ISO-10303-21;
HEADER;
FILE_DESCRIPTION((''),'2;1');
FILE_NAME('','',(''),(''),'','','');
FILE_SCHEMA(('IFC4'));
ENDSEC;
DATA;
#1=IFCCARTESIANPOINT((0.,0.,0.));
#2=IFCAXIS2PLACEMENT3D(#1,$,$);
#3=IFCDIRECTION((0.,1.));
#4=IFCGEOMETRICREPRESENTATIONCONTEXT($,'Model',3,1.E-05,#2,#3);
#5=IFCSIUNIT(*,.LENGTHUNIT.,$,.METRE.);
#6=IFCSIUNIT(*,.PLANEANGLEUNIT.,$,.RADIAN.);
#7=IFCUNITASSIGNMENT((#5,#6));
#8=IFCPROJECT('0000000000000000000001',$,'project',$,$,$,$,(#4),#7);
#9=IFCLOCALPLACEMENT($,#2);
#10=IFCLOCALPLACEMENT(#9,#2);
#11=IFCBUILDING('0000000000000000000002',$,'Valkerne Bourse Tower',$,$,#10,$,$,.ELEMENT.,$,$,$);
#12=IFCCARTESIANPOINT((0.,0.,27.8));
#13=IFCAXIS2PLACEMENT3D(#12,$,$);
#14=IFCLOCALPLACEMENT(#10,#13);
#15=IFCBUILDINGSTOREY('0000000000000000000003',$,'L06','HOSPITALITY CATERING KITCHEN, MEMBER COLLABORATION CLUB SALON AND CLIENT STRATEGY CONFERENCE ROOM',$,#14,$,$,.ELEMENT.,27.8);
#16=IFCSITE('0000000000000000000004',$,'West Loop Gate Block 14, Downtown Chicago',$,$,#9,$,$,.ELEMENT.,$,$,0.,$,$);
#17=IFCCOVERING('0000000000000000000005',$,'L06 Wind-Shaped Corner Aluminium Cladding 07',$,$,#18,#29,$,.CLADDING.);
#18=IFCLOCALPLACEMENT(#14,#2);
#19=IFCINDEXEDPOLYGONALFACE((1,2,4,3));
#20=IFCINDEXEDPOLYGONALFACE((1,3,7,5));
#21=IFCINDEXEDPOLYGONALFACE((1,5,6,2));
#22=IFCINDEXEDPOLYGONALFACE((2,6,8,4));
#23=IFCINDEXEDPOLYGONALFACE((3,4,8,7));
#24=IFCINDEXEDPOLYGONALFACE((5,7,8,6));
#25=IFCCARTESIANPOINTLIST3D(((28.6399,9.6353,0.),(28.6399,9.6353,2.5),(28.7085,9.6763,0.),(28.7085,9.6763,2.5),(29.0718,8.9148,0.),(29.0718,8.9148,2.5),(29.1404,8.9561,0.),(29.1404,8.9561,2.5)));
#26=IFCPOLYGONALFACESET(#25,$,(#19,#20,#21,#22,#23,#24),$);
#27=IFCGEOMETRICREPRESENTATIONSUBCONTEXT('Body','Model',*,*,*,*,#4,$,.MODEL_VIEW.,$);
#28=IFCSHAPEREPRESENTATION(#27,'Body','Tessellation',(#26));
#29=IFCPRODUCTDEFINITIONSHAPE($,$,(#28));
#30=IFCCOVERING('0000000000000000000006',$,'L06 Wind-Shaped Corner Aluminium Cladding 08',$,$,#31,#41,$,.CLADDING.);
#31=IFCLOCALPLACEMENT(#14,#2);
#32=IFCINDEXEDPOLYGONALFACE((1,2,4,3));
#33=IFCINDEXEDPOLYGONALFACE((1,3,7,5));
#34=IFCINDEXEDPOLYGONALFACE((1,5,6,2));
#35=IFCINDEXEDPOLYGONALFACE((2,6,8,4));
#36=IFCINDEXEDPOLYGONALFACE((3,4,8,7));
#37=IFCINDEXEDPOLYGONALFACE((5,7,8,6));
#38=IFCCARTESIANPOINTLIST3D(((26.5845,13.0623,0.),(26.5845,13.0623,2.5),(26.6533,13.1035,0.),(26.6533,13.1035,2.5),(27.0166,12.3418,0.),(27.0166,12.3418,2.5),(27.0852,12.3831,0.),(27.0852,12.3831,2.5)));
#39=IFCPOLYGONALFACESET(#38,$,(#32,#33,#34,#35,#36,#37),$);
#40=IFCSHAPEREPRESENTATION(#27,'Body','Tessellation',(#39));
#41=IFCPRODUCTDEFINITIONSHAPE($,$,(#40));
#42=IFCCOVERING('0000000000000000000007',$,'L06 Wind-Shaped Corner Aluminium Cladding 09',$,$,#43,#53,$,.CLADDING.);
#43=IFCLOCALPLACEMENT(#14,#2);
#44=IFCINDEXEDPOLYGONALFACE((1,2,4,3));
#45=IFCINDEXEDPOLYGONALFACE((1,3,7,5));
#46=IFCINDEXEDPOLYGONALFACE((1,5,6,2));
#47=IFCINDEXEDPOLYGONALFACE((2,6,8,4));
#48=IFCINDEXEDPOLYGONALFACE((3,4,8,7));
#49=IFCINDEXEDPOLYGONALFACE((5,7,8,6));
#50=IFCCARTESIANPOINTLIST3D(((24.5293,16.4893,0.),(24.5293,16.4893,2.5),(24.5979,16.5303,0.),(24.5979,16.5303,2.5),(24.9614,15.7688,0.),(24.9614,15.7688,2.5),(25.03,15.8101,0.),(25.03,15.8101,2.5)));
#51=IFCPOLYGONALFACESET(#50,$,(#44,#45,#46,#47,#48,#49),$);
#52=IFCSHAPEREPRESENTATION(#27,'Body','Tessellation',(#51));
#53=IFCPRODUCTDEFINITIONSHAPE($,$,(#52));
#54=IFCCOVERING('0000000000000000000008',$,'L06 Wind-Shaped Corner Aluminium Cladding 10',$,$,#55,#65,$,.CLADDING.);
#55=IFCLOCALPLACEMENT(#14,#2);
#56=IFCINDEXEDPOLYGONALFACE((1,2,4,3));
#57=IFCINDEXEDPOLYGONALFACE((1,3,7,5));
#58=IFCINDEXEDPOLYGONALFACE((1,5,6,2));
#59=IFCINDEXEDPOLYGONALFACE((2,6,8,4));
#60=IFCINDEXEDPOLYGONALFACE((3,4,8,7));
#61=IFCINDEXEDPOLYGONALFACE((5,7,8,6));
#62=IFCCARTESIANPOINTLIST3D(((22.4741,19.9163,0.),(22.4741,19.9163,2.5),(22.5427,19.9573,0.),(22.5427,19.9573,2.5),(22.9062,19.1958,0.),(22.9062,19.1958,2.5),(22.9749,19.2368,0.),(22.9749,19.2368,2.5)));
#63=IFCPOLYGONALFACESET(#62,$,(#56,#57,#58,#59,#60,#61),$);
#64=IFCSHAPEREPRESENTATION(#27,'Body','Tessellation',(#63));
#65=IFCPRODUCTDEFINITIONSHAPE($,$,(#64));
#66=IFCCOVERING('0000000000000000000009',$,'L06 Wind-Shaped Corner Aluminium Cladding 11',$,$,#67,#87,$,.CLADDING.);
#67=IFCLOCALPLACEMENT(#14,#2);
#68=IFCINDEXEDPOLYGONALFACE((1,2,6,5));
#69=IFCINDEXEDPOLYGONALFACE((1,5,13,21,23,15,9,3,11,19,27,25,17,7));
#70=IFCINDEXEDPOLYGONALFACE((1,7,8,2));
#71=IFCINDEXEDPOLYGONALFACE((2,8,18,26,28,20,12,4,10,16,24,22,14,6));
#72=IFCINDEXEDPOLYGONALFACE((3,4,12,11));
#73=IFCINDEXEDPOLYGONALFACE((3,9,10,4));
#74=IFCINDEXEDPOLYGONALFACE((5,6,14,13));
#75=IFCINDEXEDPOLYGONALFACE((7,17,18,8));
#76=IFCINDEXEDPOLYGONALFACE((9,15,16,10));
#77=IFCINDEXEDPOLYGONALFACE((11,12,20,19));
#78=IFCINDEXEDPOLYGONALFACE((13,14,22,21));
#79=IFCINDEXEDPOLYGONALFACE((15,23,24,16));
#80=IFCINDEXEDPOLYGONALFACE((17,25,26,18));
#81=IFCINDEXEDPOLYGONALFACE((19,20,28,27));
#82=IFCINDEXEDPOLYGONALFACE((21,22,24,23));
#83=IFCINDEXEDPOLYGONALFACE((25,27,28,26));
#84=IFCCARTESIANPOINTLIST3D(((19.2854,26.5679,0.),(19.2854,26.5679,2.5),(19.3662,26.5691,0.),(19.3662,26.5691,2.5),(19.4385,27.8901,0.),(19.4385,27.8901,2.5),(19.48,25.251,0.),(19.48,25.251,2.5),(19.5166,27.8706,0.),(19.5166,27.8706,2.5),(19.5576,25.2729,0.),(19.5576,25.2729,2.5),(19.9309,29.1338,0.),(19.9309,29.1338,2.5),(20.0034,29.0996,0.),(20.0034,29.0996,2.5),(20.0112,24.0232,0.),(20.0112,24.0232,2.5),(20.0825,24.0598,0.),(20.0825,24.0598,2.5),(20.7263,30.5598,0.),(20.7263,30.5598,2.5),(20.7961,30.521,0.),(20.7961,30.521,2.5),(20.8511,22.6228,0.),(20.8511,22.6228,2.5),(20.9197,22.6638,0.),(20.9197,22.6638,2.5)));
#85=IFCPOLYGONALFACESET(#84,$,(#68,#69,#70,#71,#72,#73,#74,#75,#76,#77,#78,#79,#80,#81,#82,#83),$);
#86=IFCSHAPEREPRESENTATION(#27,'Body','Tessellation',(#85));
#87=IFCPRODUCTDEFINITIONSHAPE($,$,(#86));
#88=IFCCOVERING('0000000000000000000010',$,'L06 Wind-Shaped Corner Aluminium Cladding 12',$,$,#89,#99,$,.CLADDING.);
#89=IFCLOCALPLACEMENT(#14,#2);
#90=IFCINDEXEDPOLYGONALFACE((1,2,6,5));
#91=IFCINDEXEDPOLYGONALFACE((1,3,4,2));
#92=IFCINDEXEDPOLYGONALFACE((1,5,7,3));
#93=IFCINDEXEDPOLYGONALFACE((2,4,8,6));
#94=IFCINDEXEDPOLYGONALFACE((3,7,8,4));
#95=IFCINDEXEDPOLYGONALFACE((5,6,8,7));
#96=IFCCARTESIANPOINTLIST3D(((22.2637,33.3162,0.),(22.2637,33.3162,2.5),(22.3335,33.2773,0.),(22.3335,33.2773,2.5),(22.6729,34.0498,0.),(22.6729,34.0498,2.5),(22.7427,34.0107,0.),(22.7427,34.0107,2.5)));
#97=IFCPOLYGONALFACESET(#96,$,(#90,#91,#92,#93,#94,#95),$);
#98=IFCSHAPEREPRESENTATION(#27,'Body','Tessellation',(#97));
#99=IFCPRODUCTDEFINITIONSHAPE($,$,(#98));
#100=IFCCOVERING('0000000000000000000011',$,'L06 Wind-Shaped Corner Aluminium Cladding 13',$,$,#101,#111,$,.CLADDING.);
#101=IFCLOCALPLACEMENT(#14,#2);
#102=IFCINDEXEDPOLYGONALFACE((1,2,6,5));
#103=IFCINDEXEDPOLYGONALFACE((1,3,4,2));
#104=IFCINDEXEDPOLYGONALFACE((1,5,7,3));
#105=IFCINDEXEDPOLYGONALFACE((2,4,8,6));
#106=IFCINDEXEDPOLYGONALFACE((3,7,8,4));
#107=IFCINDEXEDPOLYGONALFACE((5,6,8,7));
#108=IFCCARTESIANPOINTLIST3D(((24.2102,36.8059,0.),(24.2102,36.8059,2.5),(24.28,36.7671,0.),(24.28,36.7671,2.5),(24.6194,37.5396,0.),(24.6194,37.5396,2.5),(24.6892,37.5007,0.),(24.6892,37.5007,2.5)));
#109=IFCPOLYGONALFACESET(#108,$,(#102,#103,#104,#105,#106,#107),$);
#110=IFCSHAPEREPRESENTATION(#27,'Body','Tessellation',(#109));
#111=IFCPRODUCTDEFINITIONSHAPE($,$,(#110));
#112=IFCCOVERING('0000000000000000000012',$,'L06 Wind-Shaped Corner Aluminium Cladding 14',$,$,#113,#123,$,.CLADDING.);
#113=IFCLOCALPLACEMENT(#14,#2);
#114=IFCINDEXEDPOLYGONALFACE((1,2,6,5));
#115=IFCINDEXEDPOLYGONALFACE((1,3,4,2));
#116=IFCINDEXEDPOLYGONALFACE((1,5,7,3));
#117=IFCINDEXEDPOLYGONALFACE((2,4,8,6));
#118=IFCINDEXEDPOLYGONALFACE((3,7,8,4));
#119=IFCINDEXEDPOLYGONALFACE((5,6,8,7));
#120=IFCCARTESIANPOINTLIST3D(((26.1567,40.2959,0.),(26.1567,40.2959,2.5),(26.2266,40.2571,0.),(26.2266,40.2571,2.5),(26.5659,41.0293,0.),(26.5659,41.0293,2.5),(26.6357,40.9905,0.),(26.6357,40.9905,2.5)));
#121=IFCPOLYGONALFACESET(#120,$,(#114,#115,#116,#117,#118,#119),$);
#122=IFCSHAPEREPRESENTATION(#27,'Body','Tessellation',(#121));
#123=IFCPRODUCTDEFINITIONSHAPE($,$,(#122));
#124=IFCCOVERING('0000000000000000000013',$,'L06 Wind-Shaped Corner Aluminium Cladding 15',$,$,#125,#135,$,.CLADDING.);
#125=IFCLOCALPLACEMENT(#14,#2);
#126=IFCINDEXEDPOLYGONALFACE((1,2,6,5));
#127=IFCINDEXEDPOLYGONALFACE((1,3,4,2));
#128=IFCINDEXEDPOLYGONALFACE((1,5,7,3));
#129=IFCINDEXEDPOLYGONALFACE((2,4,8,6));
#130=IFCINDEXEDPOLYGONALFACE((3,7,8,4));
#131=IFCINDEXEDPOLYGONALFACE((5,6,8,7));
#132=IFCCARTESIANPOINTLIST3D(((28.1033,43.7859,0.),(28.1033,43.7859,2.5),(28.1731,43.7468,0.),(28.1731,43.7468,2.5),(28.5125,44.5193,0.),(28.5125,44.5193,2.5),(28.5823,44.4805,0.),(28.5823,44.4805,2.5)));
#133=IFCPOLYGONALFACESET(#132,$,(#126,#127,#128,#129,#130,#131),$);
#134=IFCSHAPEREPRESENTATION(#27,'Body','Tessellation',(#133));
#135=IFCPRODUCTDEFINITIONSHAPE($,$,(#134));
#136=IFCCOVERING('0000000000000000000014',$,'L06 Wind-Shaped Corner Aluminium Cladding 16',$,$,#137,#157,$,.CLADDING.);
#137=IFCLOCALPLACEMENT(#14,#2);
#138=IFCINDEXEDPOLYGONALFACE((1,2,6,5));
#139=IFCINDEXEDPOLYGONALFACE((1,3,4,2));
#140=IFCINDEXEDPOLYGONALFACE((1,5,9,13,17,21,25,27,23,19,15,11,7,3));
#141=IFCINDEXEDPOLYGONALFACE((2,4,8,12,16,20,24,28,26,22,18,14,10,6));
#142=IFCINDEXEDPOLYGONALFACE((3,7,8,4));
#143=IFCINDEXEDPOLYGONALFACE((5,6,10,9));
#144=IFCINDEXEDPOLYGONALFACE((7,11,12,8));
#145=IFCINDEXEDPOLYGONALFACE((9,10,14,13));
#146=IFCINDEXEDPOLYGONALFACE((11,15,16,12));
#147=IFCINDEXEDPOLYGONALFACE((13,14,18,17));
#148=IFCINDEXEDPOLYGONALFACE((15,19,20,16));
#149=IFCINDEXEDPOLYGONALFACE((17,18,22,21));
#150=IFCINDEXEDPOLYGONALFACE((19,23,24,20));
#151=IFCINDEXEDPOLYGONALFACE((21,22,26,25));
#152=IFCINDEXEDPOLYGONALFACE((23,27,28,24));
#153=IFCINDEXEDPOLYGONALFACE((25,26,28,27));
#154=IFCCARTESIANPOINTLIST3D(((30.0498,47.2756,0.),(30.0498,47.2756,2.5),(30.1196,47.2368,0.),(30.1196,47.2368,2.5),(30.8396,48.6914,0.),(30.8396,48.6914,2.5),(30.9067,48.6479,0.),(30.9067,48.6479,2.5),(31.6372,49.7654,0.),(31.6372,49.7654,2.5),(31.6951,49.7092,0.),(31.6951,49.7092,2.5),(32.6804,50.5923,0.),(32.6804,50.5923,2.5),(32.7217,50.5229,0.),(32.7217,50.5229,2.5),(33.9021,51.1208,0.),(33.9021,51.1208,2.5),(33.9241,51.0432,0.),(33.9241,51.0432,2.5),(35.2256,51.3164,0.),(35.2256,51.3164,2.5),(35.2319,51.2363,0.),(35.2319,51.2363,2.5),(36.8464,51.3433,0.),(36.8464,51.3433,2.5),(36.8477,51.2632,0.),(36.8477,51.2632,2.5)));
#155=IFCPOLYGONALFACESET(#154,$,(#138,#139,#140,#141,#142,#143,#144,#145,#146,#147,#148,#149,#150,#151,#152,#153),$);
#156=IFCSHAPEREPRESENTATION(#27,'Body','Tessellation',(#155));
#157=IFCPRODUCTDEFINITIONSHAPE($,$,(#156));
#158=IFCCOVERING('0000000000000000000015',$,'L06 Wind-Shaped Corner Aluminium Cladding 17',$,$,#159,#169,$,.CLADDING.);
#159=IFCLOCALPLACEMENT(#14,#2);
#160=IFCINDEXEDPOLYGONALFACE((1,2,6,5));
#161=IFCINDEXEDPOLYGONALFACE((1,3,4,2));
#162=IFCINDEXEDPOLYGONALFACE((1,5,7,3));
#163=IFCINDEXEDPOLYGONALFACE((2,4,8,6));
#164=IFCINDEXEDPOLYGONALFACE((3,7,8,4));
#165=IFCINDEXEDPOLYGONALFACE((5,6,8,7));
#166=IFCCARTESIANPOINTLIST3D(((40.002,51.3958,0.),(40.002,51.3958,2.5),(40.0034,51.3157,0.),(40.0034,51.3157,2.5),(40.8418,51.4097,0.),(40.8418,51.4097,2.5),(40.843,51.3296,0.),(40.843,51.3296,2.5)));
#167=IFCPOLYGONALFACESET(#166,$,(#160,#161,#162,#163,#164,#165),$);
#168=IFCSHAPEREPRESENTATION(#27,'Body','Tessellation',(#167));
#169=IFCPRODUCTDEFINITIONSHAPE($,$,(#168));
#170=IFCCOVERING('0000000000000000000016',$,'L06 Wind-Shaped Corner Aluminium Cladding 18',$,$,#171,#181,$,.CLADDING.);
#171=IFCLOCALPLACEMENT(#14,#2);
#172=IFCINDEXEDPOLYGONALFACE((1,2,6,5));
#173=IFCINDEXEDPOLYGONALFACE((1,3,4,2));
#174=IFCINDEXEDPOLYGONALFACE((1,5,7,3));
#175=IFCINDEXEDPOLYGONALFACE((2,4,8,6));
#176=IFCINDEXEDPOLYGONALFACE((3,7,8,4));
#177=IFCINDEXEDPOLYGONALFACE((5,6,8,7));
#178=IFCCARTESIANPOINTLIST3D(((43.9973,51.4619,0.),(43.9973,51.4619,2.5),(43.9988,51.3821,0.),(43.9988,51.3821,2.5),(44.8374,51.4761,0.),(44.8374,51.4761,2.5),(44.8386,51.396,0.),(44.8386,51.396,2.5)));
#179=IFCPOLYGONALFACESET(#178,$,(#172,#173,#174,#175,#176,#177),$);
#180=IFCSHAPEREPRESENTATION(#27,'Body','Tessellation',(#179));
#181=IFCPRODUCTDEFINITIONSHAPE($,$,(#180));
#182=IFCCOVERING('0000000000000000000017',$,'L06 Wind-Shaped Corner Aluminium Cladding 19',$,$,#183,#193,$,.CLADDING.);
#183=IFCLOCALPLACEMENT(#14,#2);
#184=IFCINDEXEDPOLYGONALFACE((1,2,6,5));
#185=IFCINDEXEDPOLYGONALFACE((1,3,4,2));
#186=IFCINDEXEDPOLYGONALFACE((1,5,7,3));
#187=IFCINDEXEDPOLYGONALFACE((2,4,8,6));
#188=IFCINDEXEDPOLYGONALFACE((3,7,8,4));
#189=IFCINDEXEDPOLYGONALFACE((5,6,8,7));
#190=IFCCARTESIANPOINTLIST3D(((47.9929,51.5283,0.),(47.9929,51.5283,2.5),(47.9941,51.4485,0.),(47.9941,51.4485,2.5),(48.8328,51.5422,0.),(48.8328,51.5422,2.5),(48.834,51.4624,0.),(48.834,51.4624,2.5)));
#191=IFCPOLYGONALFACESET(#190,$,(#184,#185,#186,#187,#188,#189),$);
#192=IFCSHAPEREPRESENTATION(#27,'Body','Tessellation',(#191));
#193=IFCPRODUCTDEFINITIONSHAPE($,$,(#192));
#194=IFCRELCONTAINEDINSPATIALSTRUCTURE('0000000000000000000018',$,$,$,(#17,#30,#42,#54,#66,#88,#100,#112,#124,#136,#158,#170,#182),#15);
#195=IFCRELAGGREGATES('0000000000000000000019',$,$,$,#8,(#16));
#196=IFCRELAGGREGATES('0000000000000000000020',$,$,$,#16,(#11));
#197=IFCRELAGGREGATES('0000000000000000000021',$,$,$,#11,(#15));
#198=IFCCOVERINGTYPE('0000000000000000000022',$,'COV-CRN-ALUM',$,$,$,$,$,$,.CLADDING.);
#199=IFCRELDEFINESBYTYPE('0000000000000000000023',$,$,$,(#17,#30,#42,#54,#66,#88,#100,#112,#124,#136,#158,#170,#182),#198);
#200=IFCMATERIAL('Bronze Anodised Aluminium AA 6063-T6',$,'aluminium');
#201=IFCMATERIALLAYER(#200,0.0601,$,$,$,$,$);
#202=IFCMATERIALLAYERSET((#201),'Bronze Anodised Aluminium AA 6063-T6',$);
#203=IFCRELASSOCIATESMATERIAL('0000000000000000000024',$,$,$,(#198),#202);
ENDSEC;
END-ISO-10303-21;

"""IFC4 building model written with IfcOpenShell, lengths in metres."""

from ifc_helpers import new_model, si_unit, direction, frame, origin, place, context, subcontext, project, spatial, polyline, outline, extrude, material, layer, layer_set, type_object, element, save


model = new_model("IFC4")

# Units and contexts
model_context = context("Model", 3, precision=1e-05, world=origin(), true_north=direction((0.0, 1.0)))
body_context = subcontext(model_context, "Body", "Model", "MODEL_VIEW")
ifc_project = project(units=[si_unit("LENGTHUNIT", "METRE"), si_unit("PLANEANGLEUNIT", "RADIAN")], contexts=[model_context])

# Site, building, storey
site_placement = place(None, origin())
site = spatial("IfcSite", under=ifc_project, at=site_placement, Name="West Loop Gate Block 14, Downtown Chicago", CompositionType="ELEMENT", RefElevation=0.0)
building_placement = place(site_placement, origin())
building = spatial("IfcBuilding", under=site, at=building_placement, Name="Valkerne Bourse Tower", CompositionType="ELEMENT")
storey_placement = place(building_placement, frame((0.0, 0.0, 27.8)))
storey = spatial("IfcBuildingStorey", under=building, at=storey_placement, Name="L06", Description="HOSPITALITY CATERING KITCHEN, MEMBER COLLABORATION CLUB SALON AND CLIENT STRATEGY CONFERENCE ROOM", CompositionType="ELEMENT", Elevation=27.8)

# Coverings
ifc_material_1 = material(Name="Bronze Anodised Aluminium AA 6063-T6", Category="aluminium")
ifc_layer_1 = layer(ifc_material_1, 0.0601)
ifc_layer_set_1 = layer_set([ifc_layer_1], Name="Bronze Anodised Aluminium AA 6063-T6")
covering_type = type_object("IfcCoveringType", Name="COV-CRN-ALUM", PredefinedType="CLADDING", material=ifc_layer_set_1)
covering_1_placement = place(storey_placement, origin())
element("IfcCovering", 1, at=covering_1_placement, inside=storey, type_object=covering_type, Name="L06 Wind-Shaped Corner Aluminium Cladding 07", PredefinedType="CLADDING", context=body_context, shape_type="SweptSolid", body=[
    extrude(outline(polyline([(28.6399, 9.6353), (28.7085, 9.6763), (29.1404, 8.9561), (29.0718, 8.9148), (28.6399, 9.6353)])), origin(), (0.0, 0.0, 1.0), 2.5),
])
covering_2_placement = place(storey_placement, origin())
element("IfcCovering", 2, at=covering_2_placement, inside=storey, type_object=covering_type, Name="L06 Wind-Shaped Corner Aluminium Cladding 08", PredefinedType="CLADDING", context=body_context, shape_type="SweptSolid", body=[
    extrude(outline(polyline([(26.5845, 13.0623), (26.6533, 13.1035), (27.0852, 12.3831), (27.0166, 12.3418), (26.5845, 13.0623)])), origin(), (0.0, 0.0, 1.0), 2.5),
])
covering_3_placement = place(storey_placement, origin())
element("IfcCovering", 3, at=covering_3_placement, inside=storey, type_object=covering_type, Name="L06 Wind-Shaped Corner Aluminium Cladding 09", PredefinedType="CLADDING", context=body_context, shape_type="SweptSolid", body=[
    extrude(outline(polyline([(24.5293, 16.4893), (24.5979, 16.5303), (25.03, 15.8101), (24.9614, 15.7688), (24.5293, 16.4893)])), origin(), (0.0, 0.0, 1.0), 2.5),
])
covering_4_placement = place(storey_placement, origin())
element("IfcCovering", 4, at=covering_4_placement, inside=storey, type_object=covering_type, Name="L06 Wind-Shaped Corner Aluminium Cladding 10", PredefinedType="CLADDING", context=body_context, shape_type="SweptSolid", body=[
    extrude(outline(polyline([(22.4741, 19.9163), (22.5427, 19.9573), (22.9749, 19.2368), (22.9062, 19.1958), (22.4741, 19.9163)])), origin(), (0.0, 0.0, 1.0), 2.5),
])
covering_5_placement = place(storey_placement, origin())
element("IfcCovering", 5, at=covering_5_placement, inside=storey, type_object=covering_type, Name="L06 Wind-Shaped Corner Aluminium Cladding 11", PredefinedType="CLADDING", context=body_context, shape_type="SweptSolid", body=[
    extrude(outline(polyline([(20.0112, 24.0232), (19.48, 25.251), (19.2854, 26.5679), (19.4385, 27.8901), (19.9309, 29.1338), (20.7263, 30.5598), (20.7961, 30.521), (20.0034, 29.0996), (19.5166, 27.8706), (19.3662, 26.5691), (19.5576, 25.2729), (20.0825, 24.0598), (20.9197, 22.6638), (20.8511, 22.6228), (20.0112, 24.0232)])), origin(), (0.0, 0.0, 1.0), 2.5),
])
covering_6_placement = place(storey_placement, origin())
element("IfcCovering", 6, at=covering_6_placement, inside=storey, type_object=covering_type, Name="L06 Wind-Shaped Corner Aluminium Cladding 12", PredefinedType="CLADDING", context=body_context, shape_type="SweptSolid", body=[
    extrude(outline(polyline([(22.6729, 34.0498), (22.7427, 34.0107), (22.3335, 33.2773), (22.2637, 33.3162), (22.6729, 34.0498)])), origin(), (0.0, 0.0, 1.0), 2.5),
])
covering_7_placement = place(storey_placement, origin())
element("IfcCovering", 7, at=covering_7_placement, inside=storey, type_object=covering_type, Name="L06 Wind-Shaped Corner Aluminium Cladding 13", PredefinedType="CLADDING", context=body_context, shape_type="SweptSolid", body=[
    extrude(outline(polyline([(24.6194, 37.5396), (24.6892, 37.5007), (24.28, 36.7671), (24.2102, 36.8059), (24.6194, 37.5396)])), origin(), (0.0, 0.0, 1.0), 2.5),
])
covering_8_placement = place(storey_placement, origin())
element("IfcCovering", 8, at=covering_8_placement, inside=storey, type_object=covering_type, Name="L06 Wind-Shaped Corner Aluminium Cladding 14", PredefinedType="CLADDING", context=body_context, shape_type="SweptSolid", body=[
    extrude(outline(polyline([(26.5659, 41.0293), (26.6357, 40.9905), (26.2266, 40.2571), (26.1567, 40.2959), (26.5659, 41.0293)])), origin(), (0.0, 0.0, 1.0), 2.5),
])
covering_9_placement = place(storey_placement, origin())
element("IfcCovering", 9, at=covering_9_placement, inside=storey, type_object=covering_type, Name="L06 Wind-Shaped Corner Aluminium Cladding 15", PredefinedType="CLADDING", context=body_context, shape_type="SweptSolid", body=[
    extrude(outline(polyline([(28.5125, 44.5193), (28.5823, 44.4805), (28.1731, 43.7468), (28.1033, 43.7859), (28.5125, 44.5193)])), origin(), (0.0, 0.0, 1.0), 2.5),
])
covering_10_placement = place(storey_placement, origin())
element("IfcCovering", 10, at=covering_10_placement, inside=storey, type_object=covering_type, Name="L06 Wind-Shaped Corner Aluminium Cladding 16", PredefinedType="CLADDING", context=body_context, shape_type="SweptSolid", body=[
    extrude(outline(polyline([(30.8396, 48.6914), (31.6372, 49.7654), (32.6804, 50.5923), (33.9021, 51.1208), (35.2256, 51.3164), (36.8464, 51.3433), (36.8477, 51.2632), (35.2319, 51.2363), (33.9241, 51.0432), (32.7217, 50.5229), (31.6951, 49.7092), (30.9067, 48.6479), (30.1196, 47.2368), (30.0498, 47.2756), (30.8396, 48.6914)])), origin(), (0.0, 0.0, 1.0), 2.5),
])
covering_11_placement = place(storey_placement, origin())
element("IfcCovering", 11, at=covering_11_placement, inside=storey, type_object=covering_type, Name="L06 Wind-Shaped Corner Aluminium Cladding 17", PredefinedType="CLADDING", context=body_context, shape_type="SweptSolid", body=[
    extrude(outline(polyline([(40.8418, 51.4097), (40.843, 51.3296), (40.0034, 51.3157), (40.002, 51.3958), (40.8418, 51.4097)])), origin(), (0.0, 0.0, 1.0), 2.5),
])
covering_12_placement = place(storey_placement, origin())
element("IfcCovering", 12, at=covering_12_placement, inside=storey, type_object=covering_type, Name="L06 Wind-Shaped Corner Aluminium Cladding 18", PredefinedType="CLADDING", context=body_context, shape_type="SweptSolid", body=[
    extrude(outline(polyline([(44.8374, 51.4761), (44.8386, 51.396), (43.9988, 51.3821), (43.9973, 51.4619), (44.8374, 51.4761)])), origin(), (0.0, 0.0, 1.0), 2.5),
])
covering_13_placement = place(storey_placement, origin())
element("IfcCovering", 13, at=covering_13_placement, inside=storey, type_object=covering_type, Name="L06 Wind-Shaped Corner Aluminium Cladding 19", PredefinedType="CLADDING", context=body_context, shape_type="SweptSolid", body=[
    extrude(outline(polyline([(48.8328, 51.5422), (48.834, 51.4624), (47.9941, 51.4485), (47.9929, 51.5283), (48.8328, 51.5422)])), origin(), (0.0, 0.0, 1.0), 2.5),
])

save(model, "model.ifc")
